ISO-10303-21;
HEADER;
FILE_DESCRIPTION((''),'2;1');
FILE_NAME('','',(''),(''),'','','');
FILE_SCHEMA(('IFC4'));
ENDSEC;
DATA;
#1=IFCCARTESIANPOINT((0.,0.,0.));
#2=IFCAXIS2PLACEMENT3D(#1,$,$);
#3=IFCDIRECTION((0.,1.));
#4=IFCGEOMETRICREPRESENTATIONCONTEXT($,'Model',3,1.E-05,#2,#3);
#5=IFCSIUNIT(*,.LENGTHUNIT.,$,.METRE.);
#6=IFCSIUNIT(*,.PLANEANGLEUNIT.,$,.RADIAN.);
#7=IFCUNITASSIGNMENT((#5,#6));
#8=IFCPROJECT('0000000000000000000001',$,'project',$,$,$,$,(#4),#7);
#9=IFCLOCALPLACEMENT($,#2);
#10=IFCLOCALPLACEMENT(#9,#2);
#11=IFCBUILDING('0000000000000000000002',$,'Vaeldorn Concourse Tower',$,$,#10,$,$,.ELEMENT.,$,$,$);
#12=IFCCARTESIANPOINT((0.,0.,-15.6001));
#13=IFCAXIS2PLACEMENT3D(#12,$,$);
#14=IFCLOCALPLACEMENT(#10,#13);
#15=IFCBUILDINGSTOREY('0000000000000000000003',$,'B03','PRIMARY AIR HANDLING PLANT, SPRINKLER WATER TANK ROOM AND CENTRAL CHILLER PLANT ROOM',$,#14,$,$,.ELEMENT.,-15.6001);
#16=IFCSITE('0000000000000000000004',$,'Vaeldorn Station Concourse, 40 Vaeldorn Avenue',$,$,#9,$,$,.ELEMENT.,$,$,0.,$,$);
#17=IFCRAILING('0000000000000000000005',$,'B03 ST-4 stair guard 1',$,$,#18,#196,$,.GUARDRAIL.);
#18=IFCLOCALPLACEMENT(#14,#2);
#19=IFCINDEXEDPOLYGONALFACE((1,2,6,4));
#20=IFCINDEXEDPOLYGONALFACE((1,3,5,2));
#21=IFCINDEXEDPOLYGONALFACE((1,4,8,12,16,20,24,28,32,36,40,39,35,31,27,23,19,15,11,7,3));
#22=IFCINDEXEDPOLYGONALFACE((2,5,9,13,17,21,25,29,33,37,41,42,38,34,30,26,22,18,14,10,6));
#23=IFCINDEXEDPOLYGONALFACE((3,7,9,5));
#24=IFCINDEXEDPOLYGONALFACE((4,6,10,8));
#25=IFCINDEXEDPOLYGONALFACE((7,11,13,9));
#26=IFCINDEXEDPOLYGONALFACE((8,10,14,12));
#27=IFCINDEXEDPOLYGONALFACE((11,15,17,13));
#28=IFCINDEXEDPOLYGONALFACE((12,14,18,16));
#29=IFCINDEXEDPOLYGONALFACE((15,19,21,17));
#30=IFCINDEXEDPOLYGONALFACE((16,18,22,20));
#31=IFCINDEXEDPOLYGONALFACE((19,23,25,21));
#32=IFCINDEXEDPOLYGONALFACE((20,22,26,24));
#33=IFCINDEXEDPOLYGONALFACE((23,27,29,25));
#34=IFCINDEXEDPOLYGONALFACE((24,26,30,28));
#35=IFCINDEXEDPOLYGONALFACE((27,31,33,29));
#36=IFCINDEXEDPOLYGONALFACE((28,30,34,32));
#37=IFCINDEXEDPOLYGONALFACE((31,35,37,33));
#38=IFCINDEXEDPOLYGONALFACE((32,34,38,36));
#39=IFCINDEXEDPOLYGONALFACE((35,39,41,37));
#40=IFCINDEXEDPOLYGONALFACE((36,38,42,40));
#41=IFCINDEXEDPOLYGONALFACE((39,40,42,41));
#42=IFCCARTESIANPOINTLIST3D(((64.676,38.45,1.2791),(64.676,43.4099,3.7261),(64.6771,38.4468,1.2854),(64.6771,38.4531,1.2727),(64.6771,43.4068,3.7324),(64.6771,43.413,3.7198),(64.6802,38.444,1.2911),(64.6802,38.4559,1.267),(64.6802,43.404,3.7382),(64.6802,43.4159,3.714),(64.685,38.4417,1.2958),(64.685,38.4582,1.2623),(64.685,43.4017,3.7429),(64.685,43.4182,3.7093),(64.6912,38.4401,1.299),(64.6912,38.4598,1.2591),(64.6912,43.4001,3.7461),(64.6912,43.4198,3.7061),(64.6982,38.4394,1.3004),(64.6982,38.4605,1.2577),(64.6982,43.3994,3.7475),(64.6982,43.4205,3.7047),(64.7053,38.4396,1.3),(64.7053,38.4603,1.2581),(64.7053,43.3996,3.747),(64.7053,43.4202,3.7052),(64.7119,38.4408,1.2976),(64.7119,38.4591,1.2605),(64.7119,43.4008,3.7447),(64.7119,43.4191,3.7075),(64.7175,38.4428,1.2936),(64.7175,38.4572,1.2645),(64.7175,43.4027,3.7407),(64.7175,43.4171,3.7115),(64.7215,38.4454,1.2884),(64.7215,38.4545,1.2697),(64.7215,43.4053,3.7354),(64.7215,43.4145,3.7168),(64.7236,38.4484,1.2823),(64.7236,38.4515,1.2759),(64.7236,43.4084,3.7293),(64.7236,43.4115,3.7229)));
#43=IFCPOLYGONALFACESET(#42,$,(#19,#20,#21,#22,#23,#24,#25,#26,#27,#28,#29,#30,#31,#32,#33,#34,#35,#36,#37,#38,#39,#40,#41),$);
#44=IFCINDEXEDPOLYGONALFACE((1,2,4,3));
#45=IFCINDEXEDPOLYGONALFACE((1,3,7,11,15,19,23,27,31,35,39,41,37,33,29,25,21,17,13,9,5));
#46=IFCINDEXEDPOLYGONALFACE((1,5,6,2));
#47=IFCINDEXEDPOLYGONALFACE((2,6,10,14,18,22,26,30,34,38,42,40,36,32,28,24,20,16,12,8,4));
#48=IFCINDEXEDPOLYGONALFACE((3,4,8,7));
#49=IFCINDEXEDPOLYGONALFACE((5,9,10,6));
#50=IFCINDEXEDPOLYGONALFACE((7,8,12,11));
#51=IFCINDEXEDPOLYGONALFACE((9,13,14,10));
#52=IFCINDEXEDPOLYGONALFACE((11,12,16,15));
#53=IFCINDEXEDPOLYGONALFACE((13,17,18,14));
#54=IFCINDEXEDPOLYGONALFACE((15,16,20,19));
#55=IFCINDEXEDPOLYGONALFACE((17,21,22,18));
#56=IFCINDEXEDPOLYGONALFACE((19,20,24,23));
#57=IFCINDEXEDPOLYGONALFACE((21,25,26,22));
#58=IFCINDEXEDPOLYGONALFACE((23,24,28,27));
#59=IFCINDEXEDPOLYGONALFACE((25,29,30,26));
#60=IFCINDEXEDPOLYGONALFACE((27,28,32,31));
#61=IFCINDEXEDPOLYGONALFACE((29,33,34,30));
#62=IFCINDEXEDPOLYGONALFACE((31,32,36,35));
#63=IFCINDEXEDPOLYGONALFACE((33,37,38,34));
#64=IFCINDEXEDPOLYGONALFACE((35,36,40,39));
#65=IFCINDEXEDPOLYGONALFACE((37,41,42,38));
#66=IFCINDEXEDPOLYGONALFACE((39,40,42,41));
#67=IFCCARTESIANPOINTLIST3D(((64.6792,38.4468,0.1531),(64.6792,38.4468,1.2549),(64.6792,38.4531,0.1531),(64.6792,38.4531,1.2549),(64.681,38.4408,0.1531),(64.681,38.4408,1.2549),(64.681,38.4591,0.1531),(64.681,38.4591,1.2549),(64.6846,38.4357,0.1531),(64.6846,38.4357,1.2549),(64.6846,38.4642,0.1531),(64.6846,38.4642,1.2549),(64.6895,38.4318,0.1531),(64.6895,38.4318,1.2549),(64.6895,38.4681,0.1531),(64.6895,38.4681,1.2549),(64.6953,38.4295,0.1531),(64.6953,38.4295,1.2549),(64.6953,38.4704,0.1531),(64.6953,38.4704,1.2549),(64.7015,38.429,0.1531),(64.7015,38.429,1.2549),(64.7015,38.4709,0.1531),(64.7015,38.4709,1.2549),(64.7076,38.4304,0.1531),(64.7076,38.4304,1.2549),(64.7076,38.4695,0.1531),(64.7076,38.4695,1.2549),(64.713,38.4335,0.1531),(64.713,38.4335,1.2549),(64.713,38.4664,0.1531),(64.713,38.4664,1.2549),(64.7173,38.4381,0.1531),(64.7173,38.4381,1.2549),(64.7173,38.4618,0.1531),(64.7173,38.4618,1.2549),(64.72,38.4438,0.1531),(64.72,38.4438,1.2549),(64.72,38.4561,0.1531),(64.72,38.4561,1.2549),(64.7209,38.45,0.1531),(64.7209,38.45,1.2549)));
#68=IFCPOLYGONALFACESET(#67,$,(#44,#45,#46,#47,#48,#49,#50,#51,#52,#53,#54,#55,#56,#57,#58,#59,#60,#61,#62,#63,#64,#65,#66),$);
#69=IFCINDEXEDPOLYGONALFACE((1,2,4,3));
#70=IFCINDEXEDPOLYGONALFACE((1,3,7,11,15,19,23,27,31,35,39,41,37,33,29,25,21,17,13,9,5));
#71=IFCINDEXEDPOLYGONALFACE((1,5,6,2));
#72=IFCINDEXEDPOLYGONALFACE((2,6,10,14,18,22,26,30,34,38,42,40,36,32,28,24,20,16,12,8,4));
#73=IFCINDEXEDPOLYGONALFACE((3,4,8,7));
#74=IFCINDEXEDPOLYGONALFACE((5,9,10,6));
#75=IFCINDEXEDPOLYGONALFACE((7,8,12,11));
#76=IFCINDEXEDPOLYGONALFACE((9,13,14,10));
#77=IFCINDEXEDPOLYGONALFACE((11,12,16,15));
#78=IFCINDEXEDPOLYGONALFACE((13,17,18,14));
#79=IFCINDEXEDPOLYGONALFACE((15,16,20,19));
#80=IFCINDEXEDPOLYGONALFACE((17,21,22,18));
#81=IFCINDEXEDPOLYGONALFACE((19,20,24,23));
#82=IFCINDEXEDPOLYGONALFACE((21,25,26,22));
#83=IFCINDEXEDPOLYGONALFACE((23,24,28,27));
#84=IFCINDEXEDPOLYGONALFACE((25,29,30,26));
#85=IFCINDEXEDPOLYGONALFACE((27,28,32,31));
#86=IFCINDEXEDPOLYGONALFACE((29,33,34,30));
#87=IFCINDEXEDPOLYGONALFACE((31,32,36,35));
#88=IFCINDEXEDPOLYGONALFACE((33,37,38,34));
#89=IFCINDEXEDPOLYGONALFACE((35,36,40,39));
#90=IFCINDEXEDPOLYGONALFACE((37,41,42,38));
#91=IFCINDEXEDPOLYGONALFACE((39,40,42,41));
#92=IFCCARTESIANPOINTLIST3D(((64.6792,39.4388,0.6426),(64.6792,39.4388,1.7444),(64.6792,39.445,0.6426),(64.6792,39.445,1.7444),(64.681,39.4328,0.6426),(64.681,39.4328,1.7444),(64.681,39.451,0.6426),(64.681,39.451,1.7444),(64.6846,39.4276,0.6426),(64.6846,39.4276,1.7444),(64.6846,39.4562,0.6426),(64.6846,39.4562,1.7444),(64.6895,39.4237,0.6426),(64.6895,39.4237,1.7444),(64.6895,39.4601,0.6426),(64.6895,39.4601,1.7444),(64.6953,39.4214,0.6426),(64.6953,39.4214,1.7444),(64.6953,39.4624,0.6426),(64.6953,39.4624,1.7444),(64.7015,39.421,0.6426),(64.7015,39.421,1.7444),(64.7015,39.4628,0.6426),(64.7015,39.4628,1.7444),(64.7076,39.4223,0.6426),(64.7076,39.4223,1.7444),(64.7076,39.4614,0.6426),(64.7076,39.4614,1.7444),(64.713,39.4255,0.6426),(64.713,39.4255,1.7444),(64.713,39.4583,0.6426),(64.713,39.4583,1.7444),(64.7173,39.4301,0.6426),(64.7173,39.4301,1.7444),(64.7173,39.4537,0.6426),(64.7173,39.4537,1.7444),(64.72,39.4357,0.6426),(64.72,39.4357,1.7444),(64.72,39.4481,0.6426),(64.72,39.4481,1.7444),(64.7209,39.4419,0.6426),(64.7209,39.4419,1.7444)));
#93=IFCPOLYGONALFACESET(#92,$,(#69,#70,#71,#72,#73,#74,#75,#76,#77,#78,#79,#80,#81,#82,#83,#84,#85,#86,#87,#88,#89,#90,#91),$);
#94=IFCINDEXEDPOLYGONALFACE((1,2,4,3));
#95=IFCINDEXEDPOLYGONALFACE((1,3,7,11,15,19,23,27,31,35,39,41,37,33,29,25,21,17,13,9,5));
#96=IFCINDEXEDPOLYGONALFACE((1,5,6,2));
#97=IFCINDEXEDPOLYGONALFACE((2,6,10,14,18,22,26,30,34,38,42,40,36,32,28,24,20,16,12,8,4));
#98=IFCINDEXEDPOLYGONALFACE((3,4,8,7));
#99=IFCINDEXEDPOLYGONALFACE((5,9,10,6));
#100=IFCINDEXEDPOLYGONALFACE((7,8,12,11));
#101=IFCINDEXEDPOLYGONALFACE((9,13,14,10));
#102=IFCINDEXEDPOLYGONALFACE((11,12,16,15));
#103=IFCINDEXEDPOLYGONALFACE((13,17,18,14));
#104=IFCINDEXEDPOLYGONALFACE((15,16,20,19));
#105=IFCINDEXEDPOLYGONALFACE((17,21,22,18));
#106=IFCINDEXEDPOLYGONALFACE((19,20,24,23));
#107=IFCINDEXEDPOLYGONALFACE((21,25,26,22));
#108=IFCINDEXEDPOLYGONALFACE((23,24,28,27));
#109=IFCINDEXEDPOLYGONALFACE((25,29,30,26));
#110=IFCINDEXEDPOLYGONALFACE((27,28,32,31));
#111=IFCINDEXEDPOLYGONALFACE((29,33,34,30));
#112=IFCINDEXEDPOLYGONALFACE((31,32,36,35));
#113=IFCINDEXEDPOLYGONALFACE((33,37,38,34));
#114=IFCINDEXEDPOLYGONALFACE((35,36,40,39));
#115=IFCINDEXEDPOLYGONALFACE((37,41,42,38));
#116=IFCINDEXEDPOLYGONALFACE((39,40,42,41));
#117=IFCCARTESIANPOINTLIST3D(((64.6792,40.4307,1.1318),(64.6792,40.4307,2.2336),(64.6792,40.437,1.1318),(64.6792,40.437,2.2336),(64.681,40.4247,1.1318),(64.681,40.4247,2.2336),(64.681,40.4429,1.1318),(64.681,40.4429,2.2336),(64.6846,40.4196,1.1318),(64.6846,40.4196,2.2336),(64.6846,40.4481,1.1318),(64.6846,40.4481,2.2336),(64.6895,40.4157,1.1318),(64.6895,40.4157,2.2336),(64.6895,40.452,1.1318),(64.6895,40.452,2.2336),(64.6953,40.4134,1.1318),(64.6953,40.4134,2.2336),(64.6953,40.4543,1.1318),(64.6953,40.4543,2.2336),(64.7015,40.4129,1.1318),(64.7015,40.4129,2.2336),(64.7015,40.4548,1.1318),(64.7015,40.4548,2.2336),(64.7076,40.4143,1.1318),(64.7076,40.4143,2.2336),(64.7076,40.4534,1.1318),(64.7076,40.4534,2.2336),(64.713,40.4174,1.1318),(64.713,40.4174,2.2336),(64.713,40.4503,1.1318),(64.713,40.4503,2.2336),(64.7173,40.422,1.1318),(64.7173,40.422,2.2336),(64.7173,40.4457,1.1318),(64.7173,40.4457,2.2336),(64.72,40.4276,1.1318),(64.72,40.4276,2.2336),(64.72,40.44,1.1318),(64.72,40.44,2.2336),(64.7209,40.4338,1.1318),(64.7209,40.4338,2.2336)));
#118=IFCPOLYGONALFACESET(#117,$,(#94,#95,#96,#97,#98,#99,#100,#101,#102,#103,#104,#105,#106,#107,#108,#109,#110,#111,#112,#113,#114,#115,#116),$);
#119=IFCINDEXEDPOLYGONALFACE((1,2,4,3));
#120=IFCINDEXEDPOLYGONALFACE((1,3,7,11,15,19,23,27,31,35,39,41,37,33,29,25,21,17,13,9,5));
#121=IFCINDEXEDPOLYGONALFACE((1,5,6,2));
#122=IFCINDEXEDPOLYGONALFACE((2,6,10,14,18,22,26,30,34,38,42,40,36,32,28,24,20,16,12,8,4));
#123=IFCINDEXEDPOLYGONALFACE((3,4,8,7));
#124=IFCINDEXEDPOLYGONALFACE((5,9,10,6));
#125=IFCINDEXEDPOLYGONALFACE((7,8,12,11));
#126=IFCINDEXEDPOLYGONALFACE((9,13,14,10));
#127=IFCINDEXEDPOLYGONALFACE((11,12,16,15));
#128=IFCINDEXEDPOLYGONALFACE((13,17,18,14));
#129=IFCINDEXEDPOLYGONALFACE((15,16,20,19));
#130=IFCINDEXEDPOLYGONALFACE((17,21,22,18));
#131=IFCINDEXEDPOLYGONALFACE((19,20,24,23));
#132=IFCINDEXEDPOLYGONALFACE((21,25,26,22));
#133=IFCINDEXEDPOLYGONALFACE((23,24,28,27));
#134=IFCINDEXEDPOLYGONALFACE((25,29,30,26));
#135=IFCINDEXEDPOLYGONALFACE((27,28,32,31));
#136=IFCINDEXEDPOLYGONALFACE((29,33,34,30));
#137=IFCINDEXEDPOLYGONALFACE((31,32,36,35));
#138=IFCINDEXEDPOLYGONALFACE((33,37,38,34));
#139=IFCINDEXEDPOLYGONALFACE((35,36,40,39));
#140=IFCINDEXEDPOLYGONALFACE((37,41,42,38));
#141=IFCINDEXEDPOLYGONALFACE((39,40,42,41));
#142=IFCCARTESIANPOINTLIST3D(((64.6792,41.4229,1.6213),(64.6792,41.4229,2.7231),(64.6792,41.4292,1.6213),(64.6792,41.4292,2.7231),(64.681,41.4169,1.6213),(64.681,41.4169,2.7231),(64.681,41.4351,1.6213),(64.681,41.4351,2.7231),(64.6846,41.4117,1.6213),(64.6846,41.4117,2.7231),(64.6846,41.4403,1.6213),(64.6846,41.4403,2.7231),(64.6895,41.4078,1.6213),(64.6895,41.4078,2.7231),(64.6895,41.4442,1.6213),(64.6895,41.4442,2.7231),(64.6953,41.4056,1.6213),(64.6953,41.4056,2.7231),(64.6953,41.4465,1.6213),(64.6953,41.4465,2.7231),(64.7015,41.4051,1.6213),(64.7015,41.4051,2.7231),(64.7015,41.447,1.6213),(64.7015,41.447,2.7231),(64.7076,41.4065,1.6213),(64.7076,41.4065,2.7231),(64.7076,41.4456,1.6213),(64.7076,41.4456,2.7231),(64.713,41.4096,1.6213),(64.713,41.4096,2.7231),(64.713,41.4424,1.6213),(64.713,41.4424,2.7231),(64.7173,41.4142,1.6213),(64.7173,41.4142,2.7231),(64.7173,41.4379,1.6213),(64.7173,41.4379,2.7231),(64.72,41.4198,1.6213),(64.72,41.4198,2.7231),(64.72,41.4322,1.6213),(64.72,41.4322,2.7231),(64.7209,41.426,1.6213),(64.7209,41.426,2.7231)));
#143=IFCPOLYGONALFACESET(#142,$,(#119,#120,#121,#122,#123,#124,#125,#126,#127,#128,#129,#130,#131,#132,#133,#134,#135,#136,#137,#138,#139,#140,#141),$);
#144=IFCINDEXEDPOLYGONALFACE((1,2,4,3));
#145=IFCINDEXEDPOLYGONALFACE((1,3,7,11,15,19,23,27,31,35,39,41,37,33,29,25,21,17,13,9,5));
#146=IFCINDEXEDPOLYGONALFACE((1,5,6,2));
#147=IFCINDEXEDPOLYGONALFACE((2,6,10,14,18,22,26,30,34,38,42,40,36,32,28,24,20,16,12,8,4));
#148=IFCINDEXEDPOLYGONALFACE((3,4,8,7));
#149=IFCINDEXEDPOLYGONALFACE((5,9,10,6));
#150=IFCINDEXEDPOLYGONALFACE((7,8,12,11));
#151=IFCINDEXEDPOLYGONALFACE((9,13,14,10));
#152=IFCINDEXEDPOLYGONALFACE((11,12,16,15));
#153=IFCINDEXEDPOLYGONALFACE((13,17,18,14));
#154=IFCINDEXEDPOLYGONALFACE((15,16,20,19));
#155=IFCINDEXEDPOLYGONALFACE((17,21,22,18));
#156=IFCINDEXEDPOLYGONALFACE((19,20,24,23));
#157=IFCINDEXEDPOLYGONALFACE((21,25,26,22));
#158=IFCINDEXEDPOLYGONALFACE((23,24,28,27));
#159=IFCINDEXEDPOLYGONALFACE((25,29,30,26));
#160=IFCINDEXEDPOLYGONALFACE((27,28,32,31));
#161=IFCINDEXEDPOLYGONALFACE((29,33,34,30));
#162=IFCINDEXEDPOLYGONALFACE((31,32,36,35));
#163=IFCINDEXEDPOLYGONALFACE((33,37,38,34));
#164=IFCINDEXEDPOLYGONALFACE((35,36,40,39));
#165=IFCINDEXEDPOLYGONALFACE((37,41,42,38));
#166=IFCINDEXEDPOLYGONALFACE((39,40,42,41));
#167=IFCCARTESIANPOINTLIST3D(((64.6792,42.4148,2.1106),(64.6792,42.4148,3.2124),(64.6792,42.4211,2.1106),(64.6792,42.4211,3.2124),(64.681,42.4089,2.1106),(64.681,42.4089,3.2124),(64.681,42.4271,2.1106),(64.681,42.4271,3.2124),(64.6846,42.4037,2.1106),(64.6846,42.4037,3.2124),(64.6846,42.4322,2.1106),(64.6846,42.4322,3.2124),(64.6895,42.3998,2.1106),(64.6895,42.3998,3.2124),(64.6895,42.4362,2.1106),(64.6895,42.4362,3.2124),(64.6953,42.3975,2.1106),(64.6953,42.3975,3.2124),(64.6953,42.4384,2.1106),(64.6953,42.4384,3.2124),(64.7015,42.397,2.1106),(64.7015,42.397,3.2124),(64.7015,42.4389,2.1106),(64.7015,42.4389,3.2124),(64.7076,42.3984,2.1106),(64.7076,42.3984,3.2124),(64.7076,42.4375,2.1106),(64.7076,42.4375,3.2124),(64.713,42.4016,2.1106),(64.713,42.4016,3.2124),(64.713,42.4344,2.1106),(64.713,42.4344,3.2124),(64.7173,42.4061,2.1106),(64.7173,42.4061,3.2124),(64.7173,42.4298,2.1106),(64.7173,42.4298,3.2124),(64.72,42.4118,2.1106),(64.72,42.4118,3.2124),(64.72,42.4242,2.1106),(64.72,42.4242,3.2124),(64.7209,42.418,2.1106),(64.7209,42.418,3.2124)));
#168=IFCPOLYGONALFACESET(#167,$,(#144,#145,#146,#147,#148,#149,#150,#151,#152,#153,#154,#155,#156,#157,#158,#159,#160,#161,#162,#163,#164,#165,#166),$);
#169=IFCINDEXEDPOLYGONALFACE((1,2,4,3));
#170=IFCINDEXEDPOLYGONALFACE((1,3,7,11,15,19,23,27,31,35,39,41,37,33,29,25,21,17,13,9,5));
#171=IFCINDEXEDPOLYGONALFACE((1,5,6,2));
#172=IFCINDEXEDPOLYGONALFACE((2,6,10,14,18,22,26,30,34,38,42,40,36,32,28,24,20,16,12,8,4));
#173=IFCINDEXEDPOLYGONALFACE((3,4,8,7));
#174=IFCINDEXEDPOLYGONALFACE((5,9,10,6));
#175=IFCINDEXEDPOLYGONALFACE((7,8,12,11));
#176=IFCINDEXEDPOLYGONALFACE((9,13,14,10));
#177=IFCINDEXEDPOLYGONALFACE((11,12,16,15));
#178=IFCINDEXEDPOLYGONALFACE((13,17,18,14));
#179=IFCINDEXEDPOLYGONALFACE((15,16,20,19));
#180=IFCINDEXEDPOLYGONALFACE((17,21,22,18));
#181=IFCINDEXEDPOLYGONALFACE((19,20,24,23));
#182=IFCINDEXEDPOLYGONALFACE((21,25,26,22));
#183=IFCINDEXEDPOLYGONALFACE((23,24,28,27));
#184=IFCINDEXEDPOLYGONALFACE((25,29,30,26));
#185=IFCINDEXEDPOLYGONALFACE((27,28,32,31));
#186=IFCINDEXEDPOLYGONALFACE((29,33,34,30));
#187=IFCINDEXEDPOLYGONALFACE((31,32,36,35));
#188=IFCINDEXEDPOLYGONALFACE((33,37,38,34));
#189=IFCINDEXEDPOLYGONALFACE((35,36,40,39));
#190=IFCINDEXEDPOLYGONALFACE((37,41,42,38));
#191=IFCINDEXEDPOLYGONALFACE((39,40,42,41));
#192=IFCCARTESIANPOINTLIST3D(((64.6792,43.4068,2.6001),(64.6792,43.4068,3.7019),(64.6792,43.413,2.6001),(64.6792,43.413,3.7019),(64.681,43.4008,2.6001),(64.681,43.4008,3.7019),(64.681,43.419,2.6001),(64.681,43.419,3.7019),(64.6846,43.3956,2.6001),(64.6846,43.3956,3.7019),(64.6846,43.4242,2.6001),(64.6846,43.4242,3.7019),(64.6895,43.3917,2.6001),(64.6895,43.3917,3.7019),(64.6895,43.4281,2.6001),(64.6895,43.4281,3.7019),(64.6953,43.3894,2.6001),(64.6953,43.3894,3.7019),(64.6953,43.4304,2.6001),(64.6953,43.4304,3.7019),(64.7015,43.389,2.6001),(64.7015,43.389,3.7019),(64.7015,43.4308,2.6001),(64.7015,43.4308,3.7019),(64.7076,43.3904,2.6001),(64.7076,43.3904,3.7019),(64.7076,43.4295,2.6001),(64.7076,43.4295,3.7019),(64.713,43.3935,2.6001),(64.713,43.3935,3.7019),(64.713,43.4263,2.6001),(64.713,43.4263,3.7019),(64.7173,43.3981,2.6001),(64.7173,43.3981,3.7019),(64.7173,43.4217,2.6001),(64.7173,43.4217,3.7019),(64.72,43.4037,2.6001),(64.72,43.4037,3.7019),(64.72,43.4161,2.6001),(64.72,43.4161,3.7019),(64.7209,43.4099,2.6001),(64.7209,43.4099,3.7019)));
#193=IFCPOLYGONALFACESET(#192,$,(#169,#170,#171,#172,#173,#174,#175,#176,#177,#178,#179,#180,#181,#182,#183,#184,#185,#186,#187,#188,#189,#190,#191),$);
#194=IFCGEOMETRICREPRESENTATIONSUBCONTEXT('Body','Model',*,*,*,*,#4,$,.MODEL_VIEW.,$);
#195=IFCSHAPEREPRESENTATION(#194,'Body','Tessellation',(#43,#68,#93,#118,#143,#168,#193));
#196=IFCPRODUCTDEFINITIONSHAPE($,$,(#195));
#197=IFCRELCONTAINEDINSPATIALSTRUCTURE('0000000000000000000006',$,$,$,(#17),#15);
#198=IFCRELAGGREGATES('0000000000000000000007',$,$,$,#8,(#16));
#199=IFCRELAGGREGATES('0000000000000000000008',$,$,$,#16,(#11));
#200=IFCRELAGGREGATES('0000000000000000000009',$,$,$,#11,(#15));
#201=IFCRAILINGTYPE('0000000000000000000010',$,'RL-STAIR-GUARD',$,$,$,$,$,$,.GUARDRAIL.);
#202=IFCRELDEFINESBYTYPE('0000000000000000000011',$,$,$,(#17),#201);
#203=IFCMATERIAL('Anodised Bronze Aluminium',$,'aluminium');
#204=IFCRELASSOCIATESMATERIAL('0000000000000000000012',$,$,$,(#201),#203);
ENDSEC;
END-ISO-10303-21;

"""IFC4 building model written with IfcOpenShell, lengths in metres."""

from ifc_helpers import new_model, si_unit, direction, frame, origin, origin_2d, place, context, subcontext, project, spatial, circle, extrude, material, type_object, element, save


model = new_model("IFC4")

# Units and contexts
model_context = context("Model", 3, precision=1e-05, world=origin(), true_north=direction((0.0, 1.0)))
body_context = subcontext(model_context, "Body", "Model", "MODEL_VIEW")
ifc_project = project(units=[si_unit("LENGTHUNIT", "METRE"), si_unit("PLANEANGLEUNIT", "RADIAN")], contexts=[model_context])

# Site, building, storey
site_placement = place(None, origin())
site = spatial("IfcSite", under=ifc_project, at=site_placement, Name="Vaeldorn Station Concourse, 40 Vaeldorn Avenue", CompositionType="ELEMENT", RefElevation=0.0)
building_placement = place(site_placement, origin())
building = spatial("IfcBuilding", under=site, at=building_placement, Name="Vaeldorn Concourse Tower", CompositionType="ELEMENT")
storey_placement = place(building_placement, frame((0.0, 0.0, -15.6001)))
storey = spatial("IfcBuildingStorey", under=building, at=storey_placement, Name="B03", Description="PRIMARY AIR HANDLING PLANT, SPRINKLER WATER TANK ROOM AND CENTRAL CHILLER PLANT ROOM", CompositionType="ELEMENT", Elevation=-15.6001)

# Railing
ifc_material_1 = material(Name="Anodised Bronze Aluminium", Category="aluminium")
railing_type_1 = type_object("IfcRailingType", Name="RL-STAIR-GUARD", PredefinedType="GUARDRAIL", material=ifc_material_1)
for number, where, name in (
    (1, (64.7, 38.45, 0.1531), "B03 ST-4 stair guard 1"),
):
    element("IfcRailing", number, at=place(storey_placement, frame(where)), inside=storey, type_object=railing_type_1, Name=name, PredefinedType="GUARDRAIL", context=body_context, shape_type="SweptSolid", body=[
        extrude(circle(Radius=0.0239, at=origin_2d()), frame((0.0, 0.0, 1.126), z_axis=(0.0, 0.896798, 0.44244), x_axis=(-1.0, 0.0, 0.0)), (0.0, 0.0, 1.0), 5.5308),
        extrude(circle(Radius=0.021, at=origin_2d()), origin(), (0.0, 0.0, 1.0), 1.1018),
        extrude(circle(Radius=0.021, at=origin_2d()), frame((0.0, 0.9919, 0.4895)), (0.0, 0.0, 1.0), 1.1018),
        extrude(circle(Radius=0.021, at=origin_2d()), frame((0.0, 1.9839, 0.9788)), (0.0, 0.0, 1.0), 1.1018),
        extrude(circle(Radius=0.021, at=origin_2d()), frame((0.0, 2.9761, 1.4683)), (0.0, 0.0, 1.0), 1.1018),
        extrude(circle(Radius=0.021, at=origin_2d()), frame((0.0, 3.968, 1.9575)), (0.0, 0.0, 1.0), 1.1018),
        extrude(circle(Radius=0.021, at=origin_2d()), frame((0.0, 4.96, 2.447)), (0.0, 0.0, 1.0), 1.1018),
    ])

save(model, "model.ifc")
